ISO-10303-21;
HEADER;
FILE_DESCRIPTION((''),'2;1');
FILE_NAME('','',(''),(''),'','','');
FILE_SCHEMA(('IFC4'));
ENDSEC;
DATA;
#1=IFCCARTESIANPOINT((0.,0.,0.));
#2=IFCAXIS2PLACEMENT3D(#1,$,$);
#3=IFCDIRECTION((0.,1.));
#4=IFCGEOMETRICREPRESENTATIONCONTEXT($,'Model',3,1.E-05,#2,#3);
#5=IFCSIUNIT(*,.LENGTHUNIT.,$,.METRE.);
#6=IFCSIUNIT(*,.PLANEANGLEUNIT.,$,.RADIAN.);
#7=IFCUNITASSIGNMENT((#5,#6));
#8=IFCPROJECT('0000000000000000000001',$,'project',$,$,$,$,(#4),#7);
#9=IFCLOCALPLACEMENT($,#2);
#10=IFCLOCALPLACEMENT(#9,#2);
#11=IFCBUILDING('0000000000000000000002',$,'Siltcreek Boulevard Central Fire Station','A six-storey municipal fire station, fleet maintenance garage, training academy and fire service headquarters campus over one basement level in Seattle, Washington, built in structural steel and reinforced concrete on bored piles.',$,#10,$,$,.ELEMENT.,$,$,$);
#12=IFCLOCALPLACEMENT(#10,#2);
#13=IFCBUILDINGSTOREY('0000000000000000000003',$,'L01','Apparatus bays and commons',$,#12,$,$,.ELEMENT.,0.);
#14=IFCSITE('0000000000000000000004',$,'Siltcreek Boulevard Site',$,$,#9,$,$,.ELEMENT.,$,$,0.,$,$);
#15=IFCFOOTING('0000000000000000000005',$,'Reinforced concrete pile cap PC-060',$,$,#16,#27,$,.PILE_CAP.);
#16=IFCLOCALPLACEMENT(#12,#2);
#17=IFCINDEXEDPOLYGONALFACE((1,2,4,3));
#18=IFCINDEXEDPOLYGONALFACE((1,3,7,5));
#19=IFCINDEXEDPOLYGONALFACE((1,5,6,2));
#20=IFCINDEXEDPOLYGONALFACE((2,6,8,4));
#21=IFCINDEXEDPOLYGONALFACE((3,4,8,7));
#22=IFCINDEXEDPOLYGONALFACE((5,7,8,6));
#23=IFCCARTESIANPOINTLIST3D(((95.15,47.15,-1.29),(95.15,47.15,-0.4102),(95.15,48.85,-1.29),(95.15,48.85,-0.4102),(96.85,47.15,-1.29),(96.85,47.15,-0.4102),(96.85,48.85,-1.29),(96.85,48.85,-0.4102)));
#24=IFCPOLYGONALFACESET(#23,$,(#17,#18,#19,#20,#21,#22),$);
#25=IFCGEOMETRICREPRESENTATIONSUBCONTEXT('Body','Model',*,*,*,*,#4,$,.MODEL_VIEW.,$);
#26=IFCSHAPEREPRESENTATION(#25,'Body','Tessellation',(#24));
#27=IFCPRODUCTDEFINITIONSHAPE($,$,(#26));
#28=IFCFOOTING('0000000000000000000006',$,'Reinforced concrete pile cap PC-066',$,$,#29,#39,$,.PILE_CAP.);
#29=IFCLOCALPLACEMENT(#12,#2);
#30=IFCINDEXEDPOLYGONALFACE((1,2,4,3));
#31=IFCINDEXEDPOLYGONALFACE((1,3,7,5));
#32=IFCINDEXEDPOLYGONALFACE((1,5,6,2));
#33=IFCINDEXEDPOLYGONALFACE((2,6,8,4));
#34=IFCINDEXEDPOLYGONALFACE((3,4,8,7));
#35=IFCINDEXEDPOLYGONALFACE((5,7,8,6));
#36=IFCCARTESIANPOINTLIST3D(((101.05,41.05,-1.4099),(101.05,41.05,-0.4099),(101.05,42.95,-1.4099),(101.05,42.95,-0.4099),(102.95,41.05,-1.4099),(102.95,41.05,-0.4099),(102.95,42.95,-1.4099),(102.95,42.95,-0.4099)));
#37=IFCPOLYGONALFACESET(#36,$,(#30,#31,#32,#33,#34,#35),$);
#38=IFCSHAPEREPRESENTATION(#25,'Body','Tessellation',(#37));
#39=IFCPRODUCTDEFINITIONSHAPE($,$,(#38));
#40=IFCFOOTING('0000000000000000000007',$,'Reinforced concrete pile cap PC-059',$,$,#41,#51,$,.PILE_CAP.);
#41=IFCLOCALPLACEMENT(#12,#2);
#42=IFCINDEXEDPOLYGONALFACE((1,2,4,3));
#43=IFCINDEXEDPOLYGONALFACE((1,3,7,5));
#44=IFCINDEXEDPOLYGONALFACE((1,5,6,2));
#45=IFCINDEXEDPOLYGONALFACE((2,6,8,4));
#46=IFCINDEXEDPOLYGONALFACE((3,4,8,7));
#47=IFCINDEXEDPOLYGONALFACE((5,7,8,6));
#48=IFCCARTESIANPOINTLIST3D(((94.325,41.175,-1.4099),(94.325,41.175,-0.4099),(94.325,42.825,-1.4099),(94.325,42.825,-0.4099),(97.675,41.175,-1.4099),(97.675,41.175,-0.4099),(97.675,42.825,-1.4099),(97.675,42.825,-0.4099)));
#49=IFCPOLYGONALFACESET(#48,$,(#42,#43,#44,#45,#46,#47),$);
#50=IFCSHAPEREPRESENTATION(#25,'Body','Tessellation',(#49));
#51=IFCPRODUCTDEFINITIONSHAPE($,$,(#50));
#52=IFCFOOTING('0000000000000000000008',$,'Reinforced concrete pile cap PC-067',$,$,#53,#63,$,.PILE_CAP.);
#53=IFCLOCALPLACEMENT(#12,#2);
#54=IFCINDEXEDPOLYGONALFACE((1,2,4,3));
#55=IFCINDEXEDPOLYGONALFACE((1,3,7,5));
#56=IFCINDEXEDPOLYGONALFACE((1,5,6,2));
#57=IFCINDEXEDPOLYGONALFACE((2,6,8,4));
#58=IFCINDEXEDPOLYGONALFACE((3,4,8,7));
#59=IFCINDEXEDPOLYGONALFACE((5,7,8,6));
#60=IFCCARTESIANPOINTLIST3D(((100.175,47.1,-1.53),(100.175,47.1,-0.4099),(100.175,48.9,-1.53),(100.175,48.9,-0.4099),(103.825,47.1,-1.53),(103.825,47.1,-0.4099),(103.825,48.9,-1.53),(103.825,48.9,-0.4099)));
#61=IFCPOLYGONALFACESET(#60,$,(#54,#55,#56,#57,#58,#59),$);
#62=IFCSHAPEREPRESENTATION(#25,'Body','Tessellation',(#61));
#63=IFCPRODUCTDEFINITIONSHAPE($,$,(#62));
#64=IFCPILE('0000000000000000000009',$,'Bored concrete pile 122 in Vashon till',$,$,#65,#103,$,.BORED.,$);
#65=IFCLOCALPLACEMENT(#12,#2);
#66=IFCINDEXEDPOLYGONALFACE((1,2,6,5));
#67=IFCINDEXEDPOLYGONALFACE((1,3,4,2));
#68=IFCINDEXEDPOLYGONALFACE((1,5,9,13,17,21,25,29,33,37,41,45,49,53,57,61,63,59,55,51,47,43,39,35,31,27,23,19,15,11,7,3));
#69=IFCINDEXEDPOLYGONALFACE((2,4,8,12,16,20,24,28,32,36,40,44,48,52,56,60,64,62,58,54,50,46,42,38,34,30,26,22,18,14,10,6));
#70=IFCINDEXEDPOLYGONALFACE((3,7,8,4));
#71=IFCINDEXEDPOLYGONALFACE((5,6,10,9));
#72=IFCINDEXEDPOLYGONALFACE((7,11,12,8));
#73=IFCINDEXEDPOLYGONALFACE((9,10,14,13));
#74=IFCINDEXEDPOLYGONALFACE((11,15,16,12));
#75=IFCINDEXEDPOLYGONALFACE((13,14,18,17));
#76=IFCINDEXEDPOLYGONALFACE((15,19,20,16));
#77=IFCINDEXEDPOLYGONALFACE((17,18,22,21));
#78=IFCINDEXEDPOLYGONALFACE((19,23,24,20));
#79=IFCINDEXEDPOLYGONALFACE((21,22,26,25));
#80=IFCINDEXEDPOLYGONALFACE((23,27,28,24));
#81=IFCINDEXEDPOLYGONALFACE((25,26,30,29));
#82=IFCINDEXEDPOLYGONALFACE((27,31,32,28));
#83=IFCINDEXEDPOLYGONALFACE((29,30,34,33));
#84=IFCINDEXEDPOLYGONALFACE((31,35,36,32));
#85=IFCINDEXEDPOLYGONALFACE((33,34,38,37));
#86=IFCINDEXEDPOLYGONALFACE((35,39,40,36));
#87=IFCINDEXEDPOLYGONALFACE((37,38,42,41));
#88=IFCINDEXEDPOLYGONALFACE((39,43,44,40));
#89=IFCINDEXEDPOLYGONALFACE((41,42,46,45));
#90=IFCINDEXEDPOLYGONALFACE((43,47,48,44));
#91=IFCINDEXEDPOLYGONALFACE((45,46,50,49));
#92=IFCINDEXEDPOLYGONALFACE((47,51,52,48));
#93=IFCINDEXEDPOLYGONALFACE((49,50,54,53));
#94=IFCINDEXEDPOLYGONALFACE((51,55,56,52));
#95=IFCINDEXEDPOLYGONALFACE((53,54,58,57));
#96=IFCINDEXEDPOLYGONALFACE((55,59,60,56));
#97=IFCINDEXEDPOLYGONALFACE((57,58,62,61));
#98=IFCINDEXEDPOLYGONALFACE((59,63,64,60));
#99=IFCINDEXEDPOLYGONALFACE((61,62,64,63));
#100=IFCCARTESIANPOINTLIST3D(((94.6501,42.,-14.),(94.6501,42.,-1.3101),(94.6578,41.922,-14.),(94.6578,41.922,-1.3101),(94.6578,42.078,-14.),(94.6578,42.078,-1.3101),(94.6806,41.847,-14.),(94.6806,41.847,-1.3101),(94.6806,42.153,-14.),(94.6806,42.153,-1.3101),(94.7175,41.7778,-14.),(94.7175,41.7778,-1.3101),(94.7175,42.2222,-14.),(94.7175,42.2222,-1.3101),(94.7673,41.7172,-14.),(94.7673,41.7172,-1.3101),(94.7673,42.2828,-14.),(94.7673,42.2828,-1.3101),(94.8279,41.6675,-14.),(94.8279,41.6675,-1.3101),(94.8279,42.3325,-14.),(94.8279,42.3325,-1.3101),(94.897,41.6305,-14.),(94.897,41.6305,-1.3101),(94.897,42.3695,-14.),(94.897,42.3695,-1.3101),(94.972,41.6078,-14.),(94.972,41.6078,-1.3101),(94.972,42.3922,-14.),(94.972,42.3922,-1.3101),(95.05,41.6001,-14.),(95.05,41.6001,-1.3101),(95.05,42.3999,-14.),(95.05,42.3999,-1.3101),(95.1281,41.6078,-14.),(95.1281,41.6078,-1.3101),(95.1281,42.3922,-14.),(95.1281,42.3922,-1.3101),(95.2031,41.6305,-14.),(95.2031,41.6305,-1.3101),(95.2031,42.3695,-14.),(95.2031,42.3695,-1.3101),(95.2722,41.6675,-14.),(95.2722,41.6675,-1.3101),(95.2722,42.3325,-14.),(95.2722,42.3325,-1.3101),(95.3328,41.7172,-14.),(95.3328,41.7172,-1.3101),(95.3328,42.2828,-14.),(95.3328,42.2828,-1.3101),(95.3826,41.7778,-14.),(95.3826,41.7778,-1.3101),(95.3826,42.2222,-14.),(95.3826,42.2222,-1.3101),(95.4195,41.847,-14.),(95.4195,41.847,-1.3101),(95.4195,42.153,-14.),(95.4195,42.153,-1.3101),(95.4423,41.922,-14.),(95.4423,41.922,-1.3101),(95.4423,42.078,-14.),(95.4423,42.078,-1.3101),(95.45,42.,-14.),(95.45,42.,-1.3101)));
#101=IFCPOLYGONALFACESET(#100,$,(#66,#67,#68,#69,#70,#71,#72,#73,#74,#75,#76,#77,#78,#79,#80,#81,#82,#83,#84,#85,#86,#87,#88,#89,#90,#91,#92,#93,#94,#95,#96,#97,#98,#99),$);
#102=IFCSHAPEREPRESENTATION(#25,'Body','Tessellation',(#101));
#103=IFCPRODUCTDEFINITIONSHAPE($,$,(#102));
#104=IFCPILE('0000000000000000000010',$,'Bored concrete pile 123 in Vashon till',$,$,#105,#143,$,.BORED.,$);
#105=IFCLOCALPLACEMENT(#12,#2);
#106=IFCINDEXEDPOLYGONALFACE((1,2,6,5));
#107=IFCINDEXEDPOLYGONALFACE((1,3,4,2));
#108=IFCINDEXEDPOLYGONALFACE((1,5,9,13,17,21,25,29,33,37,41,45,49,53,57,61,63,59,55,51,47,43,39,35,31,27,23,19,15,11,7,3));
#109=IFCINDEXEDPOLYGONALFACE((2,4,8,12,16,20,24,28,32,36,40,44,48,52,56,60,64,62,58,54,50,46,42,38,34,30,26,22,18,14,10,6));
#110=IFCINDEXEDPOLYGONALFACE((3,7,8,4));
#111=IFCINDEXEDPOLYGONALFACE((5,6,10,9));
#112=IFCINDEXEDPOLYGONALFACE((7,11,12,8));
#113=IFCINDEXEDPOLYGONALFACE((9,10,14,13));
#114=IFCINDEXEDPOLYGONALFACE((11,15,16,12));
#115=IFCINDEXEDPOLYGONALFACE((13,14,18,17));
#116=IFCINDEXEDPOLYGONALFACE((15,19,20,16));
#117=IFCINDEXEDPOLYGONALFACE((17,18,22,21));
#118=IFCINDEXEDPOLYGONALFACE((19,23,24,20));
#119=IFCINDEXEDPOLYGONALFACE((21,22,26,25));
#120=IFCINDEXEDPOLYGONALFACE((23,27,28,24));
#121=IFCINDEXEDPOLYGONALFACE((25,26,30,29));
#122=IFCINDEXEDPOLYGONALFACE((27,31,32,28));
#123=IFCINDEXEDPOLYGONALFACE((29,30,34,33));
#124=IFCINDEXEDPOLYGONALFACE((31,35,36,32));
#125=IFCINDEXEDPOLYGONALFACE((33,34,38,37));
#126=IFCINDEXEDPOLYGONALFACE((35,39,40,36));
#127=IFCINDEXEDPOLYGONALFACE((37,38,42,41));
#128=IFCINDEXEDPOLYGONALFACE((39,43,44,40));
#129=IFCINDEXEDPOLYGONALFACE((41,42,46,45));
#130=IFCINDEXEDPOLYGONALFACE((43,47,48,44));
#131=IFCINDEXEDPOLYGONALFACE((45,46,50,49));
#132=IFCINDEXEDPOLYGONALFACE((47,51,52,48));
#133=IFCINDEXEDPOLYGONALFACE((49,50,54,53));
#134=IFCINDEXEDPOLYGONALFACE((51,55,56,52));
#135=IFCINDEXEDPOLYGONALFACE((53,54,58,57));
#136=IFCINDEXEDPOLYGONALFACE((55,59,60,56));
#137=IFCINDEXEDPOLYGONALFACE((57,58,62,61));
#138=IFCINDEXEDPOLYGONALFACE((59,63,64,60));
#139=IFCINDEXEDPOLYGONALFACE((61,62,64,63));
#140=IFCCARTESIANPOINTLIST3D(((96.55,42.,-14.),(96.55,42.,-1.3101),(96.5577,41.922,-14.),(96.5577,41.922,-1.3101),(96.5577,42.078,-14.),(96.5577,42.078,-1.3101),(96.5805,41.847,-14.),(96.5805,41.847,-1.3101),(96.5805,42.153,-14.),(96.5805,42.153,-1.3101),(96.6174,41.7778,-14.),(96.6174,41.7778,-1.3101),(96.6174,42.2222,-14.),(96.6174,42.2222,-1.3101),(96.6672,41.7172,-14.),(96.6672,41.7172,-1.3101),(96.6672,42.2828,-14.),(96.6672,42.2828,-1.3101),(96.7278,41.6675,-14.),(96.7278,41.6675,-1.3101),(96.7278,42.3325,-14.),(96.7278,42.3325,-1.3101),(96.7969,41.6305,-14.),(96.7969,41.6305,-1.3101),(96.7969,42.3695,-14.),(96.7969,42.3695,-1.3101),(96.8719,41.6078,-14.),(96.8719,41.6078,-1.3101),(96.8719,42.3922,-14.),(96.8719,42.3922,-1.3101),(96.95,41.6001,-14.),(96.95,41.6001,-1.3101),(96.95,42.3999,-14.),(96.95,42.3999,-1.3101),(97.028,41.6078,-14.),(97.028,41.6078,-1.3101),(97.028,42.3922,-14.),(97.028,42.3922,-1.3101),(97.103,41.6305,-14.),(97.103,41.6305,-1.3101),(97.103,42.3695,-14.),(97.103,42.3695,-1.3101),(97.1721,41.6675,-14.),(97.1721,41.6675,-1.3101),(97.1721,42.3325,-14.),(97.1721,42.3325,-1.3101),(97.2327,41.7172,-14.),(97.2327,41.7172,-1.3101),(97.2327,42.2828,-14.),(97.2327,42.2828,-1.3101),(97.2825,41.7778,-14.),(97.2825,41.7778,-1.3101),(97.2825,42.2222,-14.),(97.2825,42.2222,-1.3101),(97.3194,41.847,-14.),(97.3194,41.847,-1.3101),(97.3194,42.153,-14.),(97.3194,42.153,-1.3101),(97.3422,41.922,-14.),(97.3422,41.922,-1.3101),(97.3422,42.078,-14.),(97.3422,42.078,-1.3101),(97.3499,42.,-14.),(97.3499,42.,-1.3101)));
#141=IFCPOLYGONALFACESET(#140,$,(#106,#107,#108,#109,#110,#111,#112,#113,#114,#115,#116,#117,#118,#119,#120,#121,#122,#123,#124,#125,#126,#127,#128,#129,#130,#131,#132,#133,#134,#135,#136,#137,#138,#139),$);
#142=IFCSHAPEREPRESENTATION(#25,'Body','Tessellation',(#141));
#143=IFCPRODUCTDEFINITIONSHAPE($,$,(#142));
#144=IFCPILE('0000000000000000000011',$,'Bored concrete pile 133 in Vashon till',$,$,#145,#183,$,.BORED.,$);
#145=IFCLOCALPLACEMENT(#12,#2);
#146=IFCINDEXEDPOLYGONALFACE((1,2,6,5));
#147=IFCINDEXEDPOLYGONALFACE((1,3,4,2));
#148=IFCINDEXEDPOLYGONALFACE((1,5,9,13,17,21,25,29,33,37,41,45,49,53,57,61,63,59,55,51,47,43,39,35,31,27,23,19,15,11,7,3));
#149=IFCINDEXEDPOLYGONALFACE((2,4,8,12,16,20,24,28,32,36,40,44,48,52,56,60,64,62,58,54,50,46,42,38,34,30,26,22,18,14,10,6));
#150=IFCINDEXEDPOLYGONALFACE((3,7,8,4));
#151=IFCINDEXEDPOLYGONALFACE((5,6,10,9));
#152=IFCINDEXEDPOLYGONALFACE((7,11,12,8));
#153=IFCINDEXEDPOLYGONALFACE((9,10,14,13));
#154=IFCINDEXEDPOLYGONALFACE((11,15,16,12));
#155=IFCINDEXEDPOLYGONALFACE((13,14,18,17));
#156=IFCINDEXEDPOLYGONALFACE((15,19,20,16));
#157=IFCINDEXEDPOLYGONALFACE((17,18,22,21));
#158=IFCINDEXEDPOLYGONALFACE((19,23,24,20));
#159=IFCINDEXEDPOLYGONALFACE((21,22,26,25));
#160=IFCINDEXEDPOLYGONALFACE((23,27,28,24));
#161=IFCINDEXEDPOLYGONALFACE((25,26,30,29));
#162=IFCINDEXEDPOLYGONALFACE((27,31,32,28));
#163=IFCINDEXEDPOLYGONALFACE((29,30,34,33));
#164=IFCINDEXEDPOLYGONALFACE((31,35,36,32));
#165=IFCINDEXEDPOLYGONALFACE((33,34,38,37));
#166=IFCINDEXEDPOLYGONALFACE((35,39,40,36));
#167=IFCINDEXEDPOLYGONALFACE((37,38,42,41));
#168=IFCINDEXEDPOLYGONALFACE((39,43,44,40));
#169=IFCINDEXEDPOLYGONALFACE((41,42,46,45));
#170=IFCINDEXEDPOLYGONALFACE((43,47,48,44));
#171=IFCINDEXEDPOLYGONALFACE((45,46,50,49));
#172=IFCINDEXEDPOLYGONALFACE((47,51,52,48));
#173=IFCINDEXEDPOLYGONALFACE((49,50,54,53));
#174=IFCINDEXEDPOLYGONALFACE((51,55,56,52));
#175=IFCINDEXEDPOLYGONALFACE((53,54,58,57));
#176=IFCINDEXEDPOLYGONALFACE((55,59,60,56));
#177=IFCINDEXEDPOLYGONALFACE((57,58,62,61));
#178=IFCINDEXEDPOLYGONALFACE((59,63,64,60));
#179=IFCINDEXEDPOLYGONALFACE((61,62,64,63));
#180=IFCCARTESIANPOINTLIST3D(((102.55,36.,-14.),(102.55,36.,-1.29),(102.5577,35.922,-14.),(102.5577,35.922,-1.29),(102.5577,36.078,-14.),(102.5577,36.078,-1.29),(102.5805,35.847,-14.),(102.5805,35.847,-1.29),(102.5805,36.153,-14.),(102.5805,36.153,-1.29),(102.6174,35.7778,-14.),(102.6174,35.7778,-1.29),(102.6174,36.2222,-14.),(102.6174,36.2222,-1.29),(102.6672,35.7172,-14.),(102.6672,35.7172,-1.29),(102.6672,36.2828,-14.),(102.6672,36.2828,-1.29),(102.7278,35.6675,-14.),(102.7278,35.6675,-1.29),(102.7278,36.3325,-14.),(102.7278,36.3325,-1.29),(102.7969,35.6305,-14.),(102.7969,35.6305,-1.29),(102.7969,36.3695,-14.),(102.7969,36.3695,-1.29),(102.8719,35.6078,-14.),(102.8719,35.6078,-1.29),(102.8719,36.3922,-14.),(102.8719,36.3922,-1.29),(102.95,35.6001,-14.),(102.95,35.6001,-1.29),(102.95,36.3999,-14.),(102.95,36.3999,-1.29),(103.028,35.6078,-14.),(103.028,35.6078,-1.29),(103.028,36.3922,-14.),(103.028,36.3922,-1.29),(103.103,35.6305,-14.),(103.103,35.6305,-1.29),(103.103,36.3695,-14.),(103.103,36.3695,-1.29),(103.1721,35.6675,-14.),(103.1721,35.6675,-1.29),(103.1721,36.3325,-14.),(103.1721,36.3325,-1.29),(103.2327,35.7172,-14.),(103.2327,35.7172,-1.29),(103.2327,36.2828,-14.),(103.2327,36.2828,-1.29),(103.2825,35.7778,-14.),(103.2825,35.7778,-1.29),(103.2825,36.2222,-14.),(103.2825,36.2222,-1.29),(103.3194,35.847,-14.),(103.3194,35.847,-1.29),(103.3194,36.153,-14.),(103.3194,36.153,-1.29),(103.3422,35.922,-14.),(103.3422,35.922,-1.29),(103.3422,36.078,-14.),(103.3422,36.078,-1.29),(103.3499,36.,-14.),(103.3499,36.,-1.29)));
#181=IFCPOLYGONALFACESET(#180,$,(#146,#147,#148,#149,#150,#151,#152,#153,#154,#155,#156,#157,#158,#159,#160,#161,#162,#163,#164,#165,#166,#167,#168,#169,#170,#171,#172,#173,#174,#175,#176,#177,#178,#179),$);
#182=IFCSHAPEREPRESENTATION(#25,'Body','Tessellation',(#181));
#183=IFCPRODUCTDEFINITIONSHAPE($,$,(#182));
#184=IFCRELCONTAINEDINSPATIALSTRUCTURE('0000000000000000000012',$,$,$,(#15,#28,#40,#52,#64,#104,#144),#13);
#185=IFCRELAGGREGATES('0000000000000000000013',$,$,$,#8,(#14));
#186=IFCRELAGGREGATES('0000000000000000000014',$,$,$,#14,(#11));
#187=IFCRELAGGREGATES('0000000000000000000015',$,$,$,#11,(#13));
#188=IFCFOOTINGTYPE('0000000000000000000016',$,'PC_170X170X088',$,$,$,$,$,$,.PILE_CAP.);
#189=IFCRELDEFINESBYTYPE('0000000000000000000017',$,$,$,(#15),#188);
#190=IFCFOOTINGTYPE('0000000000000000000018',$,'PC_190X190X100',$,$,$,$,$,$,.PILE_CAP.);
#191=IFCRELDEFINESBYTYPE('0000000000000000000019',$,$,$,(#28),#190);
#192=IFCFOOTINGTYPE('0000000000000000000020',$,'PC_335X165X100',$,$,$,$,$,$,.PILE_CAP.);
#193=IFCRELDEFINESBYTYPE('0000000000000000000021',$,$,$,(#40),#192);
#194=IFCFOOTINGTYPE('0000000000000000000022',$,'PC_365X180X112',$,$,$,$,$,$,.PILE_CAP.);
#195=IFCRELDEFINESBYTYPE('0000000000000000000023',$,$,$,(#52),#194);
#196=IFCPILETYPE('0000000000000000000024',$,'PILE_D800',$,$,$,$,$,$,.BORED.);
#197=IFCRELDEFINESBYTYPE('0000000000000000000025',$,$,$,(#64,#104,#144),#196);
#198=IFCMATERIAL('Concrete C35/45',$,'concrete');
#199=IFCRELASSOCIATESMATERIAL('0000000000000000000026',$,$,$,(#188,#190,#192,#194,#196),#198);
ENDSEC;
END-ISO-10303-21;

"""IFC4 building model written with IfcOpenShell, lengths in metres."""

from ifc_helpers import new_model, si_unit, direction, frame, origin, origin_2d, place, context, subcontext, project, spatial, rectangle, circle, extrude, material, material_profile, profile_set, type_object, element, save


model = new_model("IFC4")

# Units and contexts
model_context = context("Model", 3, precision=1e-05, world=origin(), true_north=direction((0.0, 1.0)))
body_context = subcontext(model_context, "Body", "Model", "MODEL_VIEW")
ifc_project = project(units=[si_unit("LENGTHUNIT", "METRE"), si_unit("PLANEANGLEUNIT", "RADIAN")], contexts=[model_context])

# Site, building, storey
site_placement = place(None, origin())
site = spatial("IfcSite", under=ifc_project, at=site_placement, Name="Siltcreek Boulevard Site", CompositionType="ELEMENT", RefElevation=0.0)
building_placement = place(site_placement, origin())
building = spatial("IfcBuilding", under=site, at=building_placement, Name="Siltcreek Boulevard Central Fire Station", Description="A six-storey municipal fire station, fleet maintenance garage, training academy and fire service headquarters campus over one basement level in Seattle, Washington, built in structural steel and reinforced concrete on bored piles.", CompositionType="ELEMENT")
storey_placement = place(building_placement, origin())
storey = spatial("IfcBuildingStorey", under=building, at=storey_placement, Name="L01", Description="Apparatus bays and commons", CompositionType="ELEMENT", Elevation=0.0)

# Footings
ifc_material_1 = material(Name="Concrete C35/45", Category="concrete")
footing_type_1 = type_object("IfcFootingType", Name="PC_170X170X088", PredefinedType="PILE_CAP", material=ifc_material_1)
footing_1_placement = place(storey_placement, frame((96.0, 48.0, -1.29), z_axis=(0.0, 0.0, 1.0), x_axis=(1.0, 0.0, 0.0)))
element("IfcFooting", 1, at=footing_1_placement, inside=storey, type_object=footing_type_1, Name="Reinforced concrete pile cap PC-060", PredefinedType="PILE_CAP", context=body_context, shape_type="SweptSolid", body=[
    extrude(rectangle(XDim=1.7, YDim=1.7, at=origin_2d()), origin(), (0.0, 0.0, 1.0), 0.8799),
])
footing_type_2 = type_object("IfcFootingType", Name="PC_190X190X100", PredefinedType="PILE_CAP", material=ifc_material_1)
footing_2_placement = place(storey_placement, frame((102.0, 42.0, -1.4099), z_axis=(0.0, 0.0, 1.0), x_axis=(1.0, 0.0, 0.0)))
element("IfcFooting", 2, at=footing_2_placement, inside=storey, type_object=footing_type_2, Name="Reinforced concrete pile cap PC-066", PredefinedType="PILE_CAP", context=body_context, shape_type="SweptSolid", body=[
    extrude(rectangle(XDim=1.8999, YDim=1.8999, at=origin_2d()), origin(), (0.0, 0.0, 1.0), 1.0),
])
footing_type_3 = type_object("IfcFootingType", Name="PC_335X165X100", PredefinedType="PILE_CAP", material=ifc_material_1)
footing_3_placement = place(storey_placement, frame((96.0, 42.0, -1.4099), z_axis=(0.0, 0.0, 1.0), x_axis=(1.0, 0.0, 0.0)))
element("IfcFooting", 3, at=footing_3_placement, inside=storey, type_object=footing_type_3, Name="Reinforced concrete pile cap PC-059", PredefinedType="PILE_CAP", context=body_context, shape_type="SweptSolid", body=[
    extrude(rectangle(XDim=3.3501, YDim=1.6499, at=origin_2d()), origin(), (0.0, 0.0, 1.0), 1.0),
])
footing_type_4 = type_object("IfcFootingType", Name="PC_365X180X112", PredefinedType="PILE_CAP", material=ifc_material_1)
footing_4_placement = place(storey_placement, frame((102.0, 48.0, -1.53), z_axis=(0.0, 0.0, 1.0), x_axis=(1.0, 0.0, 0.0)))
element("IfcFooting", 4, at=footing_4_placement, inside=storey, type_object=footing_type_4, Name="Reinforced concrete pile cap PC-067", PredefinedType="PILE_CAP", context=body_context, shape_type="SweptSolid", body=[
    extrude(rectangle(XDim=3.6499, YDim=1.8, at=origin_2d()), origin(), (0.0, 0.0, 1.0), 1.1201),
])

# Piles
ifc_material_profile_1 = material_profile(ifc_material_1, circle(Radius=0.3999, at=origin_2d()), Name="SHAFT800")
ifc_profile_set_1 = profile_set([ifc_material_profile_1], Name="Concrete C35/45")
pile_type_1 = type_object("IfcPileType", Name="PILE_D800", PredefinedType="BORED", material=ifc_profile_set_1)
for number, where, z_axis, x_axis, name in (
    (5, (95.05, 42.0, -1.3101), (0.0, 0.0, -1.0), (1.0, 0.0, 0.0), "Bored concrete pile 122 in Vashon till"),
    (6, (96.95, 42.0, -1.3101), (0.0, 0.0, -1.0), (1.0, 0.0, 0.0), "Bored concrete pile 123 in Vashon till"),
):
    element("IfcPile", number, at=place(storey_placement, frame(where, z_axis=z_axis, x_axis=x_axis)), inside=storey, type_object=pile_type_1, Name=name, PredefinedType="BORED", context=body_context, shape_type="SweptSolid", body=[
        extrude(circle(Radius=0.3999, at=origin_2d()), origin(), (0.0, 0.0, 1.0), 12.6899),
    ])
pile_1_placement = place(storey_placement, frame((102.95, 36.0, -1.29), z_axis=(0.0, 0.0, -1.0), x_axis=(1.0, 0.0, 0.0)))
element("IfcPile", 7, at=pile_1_placement, inside=storey, type_object=pile_type_1, Name="Bored concrete pile 133 in Vashon till", PredefinedType="BORED", context=body_context, shape_type="SweptSolid", body=[
    extrude(circle(Radius=0.3999, at=origin_2d()), origin(), (0.0, 0.0, 1.0), 12.71),
])

save(model, "model.ifc")
